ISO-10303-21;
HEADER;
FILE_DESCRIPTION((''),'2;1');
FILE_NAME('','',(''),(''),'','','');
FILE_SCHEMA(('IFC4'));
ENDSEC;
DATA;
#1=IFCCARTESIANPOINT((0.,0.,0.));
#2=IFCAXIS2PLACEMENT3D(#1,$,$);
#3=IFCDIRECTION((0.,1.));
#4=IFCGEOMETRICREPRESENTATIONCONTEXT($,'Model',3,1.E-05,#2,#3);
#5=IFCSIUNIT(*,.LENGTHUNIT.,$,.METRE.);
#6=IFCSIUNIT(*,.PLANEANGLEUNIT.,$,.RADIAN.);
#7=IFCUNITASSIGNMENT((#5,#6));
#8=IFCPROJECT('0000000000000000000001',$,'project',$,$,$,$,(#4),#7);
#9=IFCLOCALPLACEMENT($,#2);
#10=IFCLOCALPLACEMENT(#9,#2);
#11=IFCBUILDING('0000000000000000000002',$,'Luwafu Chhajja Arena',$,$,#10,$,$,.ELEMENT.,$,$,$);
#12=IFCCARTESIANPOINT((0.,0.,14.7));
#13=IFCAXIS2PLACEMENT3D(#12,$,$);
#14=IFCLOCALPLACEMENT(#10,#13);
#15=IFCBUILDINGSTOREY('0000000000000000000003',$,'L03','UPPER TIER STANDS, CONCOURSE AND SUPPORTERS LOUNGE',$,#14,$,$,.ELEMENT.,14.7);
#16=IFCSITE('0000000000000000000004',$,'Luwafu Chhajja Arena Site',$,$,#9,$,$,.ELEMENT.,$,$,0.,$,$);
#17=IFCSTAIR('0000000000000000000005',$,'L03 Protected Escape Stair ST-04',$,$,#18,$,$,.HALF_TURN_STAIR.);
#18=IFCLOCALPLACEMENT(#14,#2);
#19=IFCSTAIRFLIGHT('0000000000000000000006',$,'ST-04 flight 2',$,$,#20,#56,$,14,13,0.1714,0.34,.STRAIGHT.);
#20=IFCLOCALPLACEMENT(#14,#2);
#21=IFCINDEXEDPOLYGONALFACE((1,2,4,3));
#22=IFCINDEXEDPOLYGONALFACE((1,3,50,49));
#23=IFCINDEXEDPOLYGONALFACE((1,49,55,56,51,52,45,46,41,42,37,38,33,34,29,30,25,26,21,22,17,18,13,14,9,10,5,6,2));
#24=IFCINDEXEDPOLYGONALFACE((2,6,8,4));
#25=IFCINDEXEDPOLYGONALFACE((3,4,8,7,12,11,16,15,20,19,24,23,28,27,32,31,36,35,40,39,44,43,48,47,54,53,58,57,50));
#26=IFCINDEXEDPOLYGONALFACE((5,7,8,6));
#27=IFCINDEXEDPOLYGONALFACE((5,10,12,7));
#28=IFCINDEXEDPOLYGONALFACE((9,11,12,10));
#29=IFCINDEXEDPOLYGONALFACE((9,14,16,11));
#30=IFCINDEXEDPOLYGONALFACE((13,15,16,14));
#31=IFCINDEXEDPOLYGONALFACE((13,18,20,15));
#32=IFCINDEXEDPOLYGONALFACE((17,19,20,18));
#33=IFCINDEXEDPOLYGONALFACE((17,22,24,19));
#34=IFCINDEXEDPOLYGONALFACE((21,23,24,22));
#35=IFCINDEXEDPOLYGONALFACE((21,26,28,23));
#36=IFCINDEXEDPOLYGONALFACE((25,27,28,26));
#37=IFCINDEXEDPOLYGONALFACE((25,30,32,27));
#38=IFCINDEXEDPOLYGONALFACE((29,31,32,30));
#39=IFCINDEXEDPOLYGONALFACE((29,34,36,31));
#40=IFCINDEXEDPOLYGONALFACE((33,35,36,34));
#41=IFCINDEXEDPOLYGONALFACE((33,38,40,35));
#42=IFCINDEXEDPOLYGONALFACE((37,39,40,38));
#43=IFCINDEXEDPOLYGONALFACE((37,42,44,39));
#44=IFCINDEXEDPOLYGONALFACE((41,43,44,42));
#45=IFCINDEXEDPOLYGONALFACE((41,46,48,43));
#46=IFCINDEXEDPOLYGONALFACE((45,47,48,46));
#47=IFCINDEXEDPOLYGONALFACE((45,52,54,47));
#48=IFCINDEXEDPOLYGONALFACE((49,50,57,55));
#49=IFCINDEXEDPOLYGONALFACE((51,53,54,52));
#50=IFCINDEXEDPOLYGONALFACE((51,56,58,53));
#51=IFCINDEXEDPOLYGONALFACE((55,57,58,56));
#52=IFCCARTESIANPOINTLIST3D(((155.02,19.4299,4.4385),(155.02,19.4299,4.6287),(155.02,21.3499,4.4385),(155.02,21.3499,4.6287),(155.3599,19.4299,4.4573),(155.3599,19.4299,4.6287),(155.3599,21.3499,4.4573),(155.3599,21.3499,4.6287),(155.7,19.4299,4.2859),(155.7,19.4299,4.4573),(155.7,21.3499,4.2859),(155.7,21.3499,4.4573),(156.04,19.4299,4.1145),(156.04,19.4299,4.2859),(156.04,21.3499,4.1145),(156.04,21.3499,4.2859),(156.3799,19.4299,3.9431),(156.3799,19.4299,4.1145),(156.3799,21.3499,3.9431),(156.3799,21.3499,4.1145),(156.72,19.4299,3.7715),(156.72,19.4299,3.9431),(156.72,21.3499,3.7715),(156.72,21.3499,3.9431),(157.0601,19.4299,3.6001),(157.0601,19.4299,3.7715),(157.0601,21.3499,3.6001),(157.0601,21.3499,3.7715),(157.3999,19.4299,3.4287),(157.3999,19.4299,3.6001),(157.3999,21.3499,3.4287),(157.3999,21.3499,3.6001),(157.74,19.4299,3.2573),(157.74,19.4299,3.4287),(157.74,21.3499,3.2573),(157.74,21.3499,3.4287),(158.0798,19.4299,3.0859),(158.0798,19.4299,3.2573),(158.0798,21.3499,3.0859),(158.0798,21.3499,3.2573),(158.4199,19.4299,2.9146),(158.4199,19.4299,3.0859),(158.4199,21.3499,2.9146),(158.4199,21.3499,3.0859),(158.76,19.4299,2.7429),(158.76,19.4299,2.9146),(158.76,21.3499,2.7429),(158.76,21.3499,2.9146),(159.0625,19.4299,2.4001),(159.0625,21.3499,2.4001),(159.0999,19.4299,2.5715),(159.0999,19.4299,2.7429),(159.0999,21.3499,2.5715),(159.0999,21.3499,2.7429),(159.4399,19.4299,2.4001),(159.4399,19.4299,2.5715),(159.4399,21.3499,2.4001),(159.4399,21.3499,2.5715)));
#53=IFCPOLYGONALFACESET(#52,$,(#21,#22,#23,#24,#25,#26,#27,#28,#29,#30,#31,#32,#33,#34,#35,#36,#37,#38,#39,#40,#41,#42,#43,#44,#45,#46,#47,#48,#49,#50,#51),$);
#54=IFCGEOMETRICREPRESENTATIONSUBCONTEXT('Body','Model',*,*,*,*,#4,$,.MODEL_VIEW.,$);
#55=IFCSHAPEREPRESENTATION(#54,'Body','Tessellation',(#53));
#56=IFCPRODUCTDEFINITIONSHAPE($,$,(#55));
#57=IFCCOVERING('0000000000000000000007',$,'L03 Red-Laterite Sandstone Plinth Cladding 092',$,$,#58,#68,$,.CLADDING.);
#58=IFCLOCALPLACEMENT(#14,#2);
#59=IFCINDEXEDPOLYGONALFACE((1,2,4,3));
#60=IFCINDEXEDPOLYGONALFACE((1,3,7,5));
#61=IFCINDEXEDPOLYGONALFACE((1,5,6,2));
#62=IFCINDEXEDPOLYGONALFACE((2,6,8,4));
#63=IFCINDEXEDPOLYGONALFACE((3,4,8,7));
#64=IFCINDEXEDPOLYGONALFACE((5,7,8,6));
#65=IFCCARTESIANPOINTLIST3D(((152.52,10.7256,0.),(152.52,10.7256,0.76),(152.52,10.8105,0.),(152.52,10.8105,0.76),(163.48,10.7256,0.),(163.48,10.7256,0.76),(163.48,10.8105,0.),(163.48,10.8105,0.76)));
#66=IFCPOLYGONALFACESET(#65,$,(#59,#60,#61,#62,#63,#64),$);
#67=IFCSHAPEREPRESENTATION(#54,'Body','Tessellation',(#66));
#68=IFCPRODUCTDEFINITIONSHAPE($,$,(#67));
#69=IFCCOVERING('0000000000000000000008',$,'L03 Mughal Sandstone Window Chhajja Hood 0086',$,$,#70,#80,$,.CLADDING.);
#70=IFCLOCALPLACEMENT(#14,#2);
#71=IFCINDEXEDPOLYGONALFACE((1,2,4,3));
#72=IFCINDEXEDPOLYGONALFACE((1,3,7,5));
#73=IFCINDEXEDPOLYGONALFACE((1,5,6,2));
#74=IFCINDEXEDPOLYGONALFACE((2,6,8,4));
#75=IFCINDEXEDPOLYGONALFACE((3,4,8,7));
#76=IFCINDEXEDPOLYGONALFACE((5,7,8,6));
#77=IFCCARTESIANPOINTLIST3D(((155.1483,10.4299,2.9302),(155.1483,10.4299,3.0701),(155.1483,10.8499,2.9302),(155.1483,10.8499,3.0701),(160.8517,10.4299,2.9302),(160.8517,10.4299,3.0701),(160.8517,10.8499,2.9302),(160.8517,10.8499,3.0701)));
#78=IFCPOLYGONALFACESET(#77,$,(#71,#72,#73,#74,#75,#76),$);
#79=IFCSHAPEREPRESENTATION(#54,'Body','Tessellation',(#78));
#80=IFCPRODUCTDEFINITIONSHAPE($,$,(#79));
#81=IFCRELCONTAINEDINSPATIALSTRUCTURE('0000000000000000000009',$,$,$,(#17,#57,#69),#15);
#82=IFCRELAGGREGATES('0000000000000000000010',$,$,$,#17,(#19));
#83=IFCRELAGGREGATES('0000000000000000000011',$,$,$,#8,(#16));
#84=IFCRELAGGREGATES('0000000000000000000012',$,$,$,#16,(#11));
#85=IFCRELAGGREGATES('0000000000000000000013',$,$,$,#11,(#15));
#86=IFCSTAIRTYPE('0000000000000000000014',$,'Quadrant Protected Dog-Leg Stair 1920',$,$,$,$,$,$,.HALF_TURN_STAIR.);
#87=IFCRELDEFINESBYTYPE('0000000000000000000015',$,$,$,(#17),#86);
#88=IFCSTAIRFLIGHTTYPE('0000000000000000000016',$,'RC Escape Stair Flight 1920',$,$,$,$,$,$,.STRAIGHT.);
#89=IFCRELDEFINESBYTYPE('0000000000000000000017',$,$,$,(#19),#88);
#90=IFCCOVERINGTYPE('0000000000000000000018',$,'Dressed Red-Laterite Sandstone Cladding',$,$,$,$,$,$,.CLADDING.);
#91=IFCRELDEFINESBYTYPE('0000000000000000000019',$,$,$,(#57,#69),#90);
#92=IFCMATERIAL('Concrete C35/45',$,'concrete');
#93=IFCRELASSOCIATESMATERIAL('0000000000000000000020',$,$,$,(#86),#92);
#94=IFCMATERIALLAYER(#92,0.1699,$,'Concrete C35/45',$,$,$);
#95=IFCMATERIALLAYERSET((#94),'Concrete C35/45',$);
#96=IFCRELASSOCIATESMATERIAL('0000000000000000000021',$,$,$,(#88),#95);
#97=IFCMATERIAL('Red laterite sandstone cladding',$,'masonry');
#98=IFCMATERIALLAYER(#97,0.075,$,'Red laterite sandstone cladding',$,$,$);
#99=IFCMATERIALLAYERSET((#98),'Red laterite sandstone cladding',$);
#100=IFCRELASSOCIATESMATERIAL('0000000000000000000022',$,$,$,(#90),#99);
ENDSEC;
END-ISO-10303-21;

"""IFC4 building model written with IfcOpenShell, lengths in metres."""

from ifc_helpers import new_model, si_unit, direction, frame, origin, origin_2d, place, context, subcontext, project, spatial, polyline, rectangle, outline, extrude, material, layer, layer_set, type_object, element, aggregate, save


model = new_model("IFC4")

# Units and contexts
model_context = context("Model", 3, precision=1e-05, world=origin(), true_north=direction((0.0, 1.0)))
body_context = subcontext(model_context, "Body", "Model", "MODEL_VIEW")
ifc_project = project(units=[si_unit("LENGTHUNIT", "METRE"), si_unit("PLANEANGLEUNIT", "RADIAN")], contexts=[model_context])

# Site, building, storey
site_placement = place(None, origin())
site = spatial("IfcSite", under=ifc_project, at=site_placement, Name="Luwafu Chhajja Arena Site", CompositionType="ELEMENT", RefElevation=0.0)
building_placement = place(site_placement, origin())
building = spatial("IfcBuilding", under=site, at=building_placement, Name="Luwafu Chhajja Arena", CompositionType="ELEMENT")
storey_placement = place(building_placement, frame((0.0, 0.0, 14.7)))
storey = spatial("IfcBuildingStorey", under=building, at=storey_placement, Name="L03", Description="UPPER TIER STANDS, CONCOURSE AND SUPPORTERS LOUNGE", CompositionType="ELEMENT", Elevation=14.7)

# Stair, stair flight
ifc_material_1 = material(Name="Concrete C35/45", Category="concrete")
stair_type = type_object("IfcStairType", Name="Quadrant Protected Dog-Leg Stair 1920", PredefinedType="HALF_TURN_STAIR", material=ifc_material_1)
ifc_layer_1 = layer(ifc_material_1, 0.1699, Name="Concrete C35/45")
ifc_layer_set_1 = layer_set([ifc_layer_1], Name="Concrete C35/45")
stair_flight_type = type_object("IfcStairFlightType", Name="RC Escape Stair Flight 1920", PredefinedType="STRAIGHT", material=ifc_layer_set_1)
stair_1_placement = place(storey_placement, origin())
stair_1 = element("IfcStair", 1, at=stair_1_placement, inside=storey, type_object=stair_type, Name="L03 Protected Escape Stair ST-04", PredefinedType="HALF_TURN_STAIR")
stair_flight_1_placement = place(storey_placement, frame((159.4399, 20.3899, 2.4001), z_axis=(0.0, 0.0, 1.0), x_axis=(-1.0, 0.0, 0.0)))
stair_flight_1 = element("IfcStairFlight", 2, at=stair_flight_1_placement, type_object=stair_flight_type, Name="ST-04 flight 2", NumberOfRisers=14, NumberOfTreads=13, PredefinedType="STRAIGHT", RiserHeight=0.1714, TreadLength=0.34, context=body_context, shape_type="SweptSolid", body=[
    extrude(outline(polyline([(0.0, 0.0), (0.0, 0.1714), (0.3401, 0.1714), (0.3401, 0.3428), (0.6799, 0.3428), (0.6799, 0.5144), (1.02, 0.5144), (1.02, 0.6858), (1.3601, 0.6858), (1.3601, 0.8572), (1.7, 0.8572), (1.7, 1.0286), (2.04, 1.0286), (2.04, 1.2), (2.3799, 1.2), (2.3799, 1.3713), (2.72, 1.3713), (2.72, 1.543), (3.0601, 1.543), (3.0601, 1.7144), (3.3999, 1.7144), (3.3999, 1.8857), (3.74, 1.8857), (3.74, 2.0571), (4.0801, 2.0571), (4.0801, 2.2285), (4.4199, 2.2285), (4.4199, 2.3999), (4.4199, 2.0383), (0.3774, 0.0), (0.0, 0.0)])), frame((0.0, 0.96, 0.0), z_axis=(0.0, -1.0, 0.0), x_axis=(1.0, 0.0, 0.0)), (0.0, 0.0, 1.0), 1.9199),
])
aggregate(stair_1, [stair_flight_1])

# Coverings
ifc_material_2 = material(Name="Red laterite sandstone cladding", Category="masonry")
ifc_layer_2 = layer(ifc_material_2, 0.075, Name="Red laterite sandstone cladding")
ifc_layer_set_2 = layer_set([ifc_layer_2], Name="Red laterite sandstone cladding")
covering_type = type_object("IfcCoveringType", Name="Dressed Red-Laterite Sandstone Cladding", PredefinedType="CLADDING", material=ifc_layer_set_2)
covering_1_placement = place(storey_placement, frame((158.0, 10.7681, 0.0), z_axis=(0.0, 0.0, 1.0), x_axis=(1.0, 0.0, 0.0)))
element("IfcCovering", 3, at=covering_1_placement, inside=storey, type_object=covering_type, Name="L03 Red-Laterite Sandstone Plinth Cladding 092", PredefinedType="CLADDING", context=body_context, shape_type="SweptSolid", body=[
    extrude(rectangle(XDim=10.96, YDim=0.085, at=origin_2d()), origin(), (0.0, 0.0, 1.0), 0.76),
])
covering_2_placement = place(storey_placement, frame((158.0, 10.6399, 2.9302), z_axis=(0.0, 0.0, 1.0), x_axis=(1.0, 0.0, 0.0)))
element("IfcCovering", 4, at=covering_2_placement, inside=storey, type_object=covering_type, Name="L03 Mughal Sandstone Window Chhajja Hood 0086", PredefinedType="CLADDING", context=body_context, shape_type="SweptSolid", body=[
    extrude(rectangle(XDim=5.7034, YDim=0.4199, at=origin_2d()), origin(), (0.0, 0.0, 1.0), 0.1399),
])

save(model, "model.ifc")
